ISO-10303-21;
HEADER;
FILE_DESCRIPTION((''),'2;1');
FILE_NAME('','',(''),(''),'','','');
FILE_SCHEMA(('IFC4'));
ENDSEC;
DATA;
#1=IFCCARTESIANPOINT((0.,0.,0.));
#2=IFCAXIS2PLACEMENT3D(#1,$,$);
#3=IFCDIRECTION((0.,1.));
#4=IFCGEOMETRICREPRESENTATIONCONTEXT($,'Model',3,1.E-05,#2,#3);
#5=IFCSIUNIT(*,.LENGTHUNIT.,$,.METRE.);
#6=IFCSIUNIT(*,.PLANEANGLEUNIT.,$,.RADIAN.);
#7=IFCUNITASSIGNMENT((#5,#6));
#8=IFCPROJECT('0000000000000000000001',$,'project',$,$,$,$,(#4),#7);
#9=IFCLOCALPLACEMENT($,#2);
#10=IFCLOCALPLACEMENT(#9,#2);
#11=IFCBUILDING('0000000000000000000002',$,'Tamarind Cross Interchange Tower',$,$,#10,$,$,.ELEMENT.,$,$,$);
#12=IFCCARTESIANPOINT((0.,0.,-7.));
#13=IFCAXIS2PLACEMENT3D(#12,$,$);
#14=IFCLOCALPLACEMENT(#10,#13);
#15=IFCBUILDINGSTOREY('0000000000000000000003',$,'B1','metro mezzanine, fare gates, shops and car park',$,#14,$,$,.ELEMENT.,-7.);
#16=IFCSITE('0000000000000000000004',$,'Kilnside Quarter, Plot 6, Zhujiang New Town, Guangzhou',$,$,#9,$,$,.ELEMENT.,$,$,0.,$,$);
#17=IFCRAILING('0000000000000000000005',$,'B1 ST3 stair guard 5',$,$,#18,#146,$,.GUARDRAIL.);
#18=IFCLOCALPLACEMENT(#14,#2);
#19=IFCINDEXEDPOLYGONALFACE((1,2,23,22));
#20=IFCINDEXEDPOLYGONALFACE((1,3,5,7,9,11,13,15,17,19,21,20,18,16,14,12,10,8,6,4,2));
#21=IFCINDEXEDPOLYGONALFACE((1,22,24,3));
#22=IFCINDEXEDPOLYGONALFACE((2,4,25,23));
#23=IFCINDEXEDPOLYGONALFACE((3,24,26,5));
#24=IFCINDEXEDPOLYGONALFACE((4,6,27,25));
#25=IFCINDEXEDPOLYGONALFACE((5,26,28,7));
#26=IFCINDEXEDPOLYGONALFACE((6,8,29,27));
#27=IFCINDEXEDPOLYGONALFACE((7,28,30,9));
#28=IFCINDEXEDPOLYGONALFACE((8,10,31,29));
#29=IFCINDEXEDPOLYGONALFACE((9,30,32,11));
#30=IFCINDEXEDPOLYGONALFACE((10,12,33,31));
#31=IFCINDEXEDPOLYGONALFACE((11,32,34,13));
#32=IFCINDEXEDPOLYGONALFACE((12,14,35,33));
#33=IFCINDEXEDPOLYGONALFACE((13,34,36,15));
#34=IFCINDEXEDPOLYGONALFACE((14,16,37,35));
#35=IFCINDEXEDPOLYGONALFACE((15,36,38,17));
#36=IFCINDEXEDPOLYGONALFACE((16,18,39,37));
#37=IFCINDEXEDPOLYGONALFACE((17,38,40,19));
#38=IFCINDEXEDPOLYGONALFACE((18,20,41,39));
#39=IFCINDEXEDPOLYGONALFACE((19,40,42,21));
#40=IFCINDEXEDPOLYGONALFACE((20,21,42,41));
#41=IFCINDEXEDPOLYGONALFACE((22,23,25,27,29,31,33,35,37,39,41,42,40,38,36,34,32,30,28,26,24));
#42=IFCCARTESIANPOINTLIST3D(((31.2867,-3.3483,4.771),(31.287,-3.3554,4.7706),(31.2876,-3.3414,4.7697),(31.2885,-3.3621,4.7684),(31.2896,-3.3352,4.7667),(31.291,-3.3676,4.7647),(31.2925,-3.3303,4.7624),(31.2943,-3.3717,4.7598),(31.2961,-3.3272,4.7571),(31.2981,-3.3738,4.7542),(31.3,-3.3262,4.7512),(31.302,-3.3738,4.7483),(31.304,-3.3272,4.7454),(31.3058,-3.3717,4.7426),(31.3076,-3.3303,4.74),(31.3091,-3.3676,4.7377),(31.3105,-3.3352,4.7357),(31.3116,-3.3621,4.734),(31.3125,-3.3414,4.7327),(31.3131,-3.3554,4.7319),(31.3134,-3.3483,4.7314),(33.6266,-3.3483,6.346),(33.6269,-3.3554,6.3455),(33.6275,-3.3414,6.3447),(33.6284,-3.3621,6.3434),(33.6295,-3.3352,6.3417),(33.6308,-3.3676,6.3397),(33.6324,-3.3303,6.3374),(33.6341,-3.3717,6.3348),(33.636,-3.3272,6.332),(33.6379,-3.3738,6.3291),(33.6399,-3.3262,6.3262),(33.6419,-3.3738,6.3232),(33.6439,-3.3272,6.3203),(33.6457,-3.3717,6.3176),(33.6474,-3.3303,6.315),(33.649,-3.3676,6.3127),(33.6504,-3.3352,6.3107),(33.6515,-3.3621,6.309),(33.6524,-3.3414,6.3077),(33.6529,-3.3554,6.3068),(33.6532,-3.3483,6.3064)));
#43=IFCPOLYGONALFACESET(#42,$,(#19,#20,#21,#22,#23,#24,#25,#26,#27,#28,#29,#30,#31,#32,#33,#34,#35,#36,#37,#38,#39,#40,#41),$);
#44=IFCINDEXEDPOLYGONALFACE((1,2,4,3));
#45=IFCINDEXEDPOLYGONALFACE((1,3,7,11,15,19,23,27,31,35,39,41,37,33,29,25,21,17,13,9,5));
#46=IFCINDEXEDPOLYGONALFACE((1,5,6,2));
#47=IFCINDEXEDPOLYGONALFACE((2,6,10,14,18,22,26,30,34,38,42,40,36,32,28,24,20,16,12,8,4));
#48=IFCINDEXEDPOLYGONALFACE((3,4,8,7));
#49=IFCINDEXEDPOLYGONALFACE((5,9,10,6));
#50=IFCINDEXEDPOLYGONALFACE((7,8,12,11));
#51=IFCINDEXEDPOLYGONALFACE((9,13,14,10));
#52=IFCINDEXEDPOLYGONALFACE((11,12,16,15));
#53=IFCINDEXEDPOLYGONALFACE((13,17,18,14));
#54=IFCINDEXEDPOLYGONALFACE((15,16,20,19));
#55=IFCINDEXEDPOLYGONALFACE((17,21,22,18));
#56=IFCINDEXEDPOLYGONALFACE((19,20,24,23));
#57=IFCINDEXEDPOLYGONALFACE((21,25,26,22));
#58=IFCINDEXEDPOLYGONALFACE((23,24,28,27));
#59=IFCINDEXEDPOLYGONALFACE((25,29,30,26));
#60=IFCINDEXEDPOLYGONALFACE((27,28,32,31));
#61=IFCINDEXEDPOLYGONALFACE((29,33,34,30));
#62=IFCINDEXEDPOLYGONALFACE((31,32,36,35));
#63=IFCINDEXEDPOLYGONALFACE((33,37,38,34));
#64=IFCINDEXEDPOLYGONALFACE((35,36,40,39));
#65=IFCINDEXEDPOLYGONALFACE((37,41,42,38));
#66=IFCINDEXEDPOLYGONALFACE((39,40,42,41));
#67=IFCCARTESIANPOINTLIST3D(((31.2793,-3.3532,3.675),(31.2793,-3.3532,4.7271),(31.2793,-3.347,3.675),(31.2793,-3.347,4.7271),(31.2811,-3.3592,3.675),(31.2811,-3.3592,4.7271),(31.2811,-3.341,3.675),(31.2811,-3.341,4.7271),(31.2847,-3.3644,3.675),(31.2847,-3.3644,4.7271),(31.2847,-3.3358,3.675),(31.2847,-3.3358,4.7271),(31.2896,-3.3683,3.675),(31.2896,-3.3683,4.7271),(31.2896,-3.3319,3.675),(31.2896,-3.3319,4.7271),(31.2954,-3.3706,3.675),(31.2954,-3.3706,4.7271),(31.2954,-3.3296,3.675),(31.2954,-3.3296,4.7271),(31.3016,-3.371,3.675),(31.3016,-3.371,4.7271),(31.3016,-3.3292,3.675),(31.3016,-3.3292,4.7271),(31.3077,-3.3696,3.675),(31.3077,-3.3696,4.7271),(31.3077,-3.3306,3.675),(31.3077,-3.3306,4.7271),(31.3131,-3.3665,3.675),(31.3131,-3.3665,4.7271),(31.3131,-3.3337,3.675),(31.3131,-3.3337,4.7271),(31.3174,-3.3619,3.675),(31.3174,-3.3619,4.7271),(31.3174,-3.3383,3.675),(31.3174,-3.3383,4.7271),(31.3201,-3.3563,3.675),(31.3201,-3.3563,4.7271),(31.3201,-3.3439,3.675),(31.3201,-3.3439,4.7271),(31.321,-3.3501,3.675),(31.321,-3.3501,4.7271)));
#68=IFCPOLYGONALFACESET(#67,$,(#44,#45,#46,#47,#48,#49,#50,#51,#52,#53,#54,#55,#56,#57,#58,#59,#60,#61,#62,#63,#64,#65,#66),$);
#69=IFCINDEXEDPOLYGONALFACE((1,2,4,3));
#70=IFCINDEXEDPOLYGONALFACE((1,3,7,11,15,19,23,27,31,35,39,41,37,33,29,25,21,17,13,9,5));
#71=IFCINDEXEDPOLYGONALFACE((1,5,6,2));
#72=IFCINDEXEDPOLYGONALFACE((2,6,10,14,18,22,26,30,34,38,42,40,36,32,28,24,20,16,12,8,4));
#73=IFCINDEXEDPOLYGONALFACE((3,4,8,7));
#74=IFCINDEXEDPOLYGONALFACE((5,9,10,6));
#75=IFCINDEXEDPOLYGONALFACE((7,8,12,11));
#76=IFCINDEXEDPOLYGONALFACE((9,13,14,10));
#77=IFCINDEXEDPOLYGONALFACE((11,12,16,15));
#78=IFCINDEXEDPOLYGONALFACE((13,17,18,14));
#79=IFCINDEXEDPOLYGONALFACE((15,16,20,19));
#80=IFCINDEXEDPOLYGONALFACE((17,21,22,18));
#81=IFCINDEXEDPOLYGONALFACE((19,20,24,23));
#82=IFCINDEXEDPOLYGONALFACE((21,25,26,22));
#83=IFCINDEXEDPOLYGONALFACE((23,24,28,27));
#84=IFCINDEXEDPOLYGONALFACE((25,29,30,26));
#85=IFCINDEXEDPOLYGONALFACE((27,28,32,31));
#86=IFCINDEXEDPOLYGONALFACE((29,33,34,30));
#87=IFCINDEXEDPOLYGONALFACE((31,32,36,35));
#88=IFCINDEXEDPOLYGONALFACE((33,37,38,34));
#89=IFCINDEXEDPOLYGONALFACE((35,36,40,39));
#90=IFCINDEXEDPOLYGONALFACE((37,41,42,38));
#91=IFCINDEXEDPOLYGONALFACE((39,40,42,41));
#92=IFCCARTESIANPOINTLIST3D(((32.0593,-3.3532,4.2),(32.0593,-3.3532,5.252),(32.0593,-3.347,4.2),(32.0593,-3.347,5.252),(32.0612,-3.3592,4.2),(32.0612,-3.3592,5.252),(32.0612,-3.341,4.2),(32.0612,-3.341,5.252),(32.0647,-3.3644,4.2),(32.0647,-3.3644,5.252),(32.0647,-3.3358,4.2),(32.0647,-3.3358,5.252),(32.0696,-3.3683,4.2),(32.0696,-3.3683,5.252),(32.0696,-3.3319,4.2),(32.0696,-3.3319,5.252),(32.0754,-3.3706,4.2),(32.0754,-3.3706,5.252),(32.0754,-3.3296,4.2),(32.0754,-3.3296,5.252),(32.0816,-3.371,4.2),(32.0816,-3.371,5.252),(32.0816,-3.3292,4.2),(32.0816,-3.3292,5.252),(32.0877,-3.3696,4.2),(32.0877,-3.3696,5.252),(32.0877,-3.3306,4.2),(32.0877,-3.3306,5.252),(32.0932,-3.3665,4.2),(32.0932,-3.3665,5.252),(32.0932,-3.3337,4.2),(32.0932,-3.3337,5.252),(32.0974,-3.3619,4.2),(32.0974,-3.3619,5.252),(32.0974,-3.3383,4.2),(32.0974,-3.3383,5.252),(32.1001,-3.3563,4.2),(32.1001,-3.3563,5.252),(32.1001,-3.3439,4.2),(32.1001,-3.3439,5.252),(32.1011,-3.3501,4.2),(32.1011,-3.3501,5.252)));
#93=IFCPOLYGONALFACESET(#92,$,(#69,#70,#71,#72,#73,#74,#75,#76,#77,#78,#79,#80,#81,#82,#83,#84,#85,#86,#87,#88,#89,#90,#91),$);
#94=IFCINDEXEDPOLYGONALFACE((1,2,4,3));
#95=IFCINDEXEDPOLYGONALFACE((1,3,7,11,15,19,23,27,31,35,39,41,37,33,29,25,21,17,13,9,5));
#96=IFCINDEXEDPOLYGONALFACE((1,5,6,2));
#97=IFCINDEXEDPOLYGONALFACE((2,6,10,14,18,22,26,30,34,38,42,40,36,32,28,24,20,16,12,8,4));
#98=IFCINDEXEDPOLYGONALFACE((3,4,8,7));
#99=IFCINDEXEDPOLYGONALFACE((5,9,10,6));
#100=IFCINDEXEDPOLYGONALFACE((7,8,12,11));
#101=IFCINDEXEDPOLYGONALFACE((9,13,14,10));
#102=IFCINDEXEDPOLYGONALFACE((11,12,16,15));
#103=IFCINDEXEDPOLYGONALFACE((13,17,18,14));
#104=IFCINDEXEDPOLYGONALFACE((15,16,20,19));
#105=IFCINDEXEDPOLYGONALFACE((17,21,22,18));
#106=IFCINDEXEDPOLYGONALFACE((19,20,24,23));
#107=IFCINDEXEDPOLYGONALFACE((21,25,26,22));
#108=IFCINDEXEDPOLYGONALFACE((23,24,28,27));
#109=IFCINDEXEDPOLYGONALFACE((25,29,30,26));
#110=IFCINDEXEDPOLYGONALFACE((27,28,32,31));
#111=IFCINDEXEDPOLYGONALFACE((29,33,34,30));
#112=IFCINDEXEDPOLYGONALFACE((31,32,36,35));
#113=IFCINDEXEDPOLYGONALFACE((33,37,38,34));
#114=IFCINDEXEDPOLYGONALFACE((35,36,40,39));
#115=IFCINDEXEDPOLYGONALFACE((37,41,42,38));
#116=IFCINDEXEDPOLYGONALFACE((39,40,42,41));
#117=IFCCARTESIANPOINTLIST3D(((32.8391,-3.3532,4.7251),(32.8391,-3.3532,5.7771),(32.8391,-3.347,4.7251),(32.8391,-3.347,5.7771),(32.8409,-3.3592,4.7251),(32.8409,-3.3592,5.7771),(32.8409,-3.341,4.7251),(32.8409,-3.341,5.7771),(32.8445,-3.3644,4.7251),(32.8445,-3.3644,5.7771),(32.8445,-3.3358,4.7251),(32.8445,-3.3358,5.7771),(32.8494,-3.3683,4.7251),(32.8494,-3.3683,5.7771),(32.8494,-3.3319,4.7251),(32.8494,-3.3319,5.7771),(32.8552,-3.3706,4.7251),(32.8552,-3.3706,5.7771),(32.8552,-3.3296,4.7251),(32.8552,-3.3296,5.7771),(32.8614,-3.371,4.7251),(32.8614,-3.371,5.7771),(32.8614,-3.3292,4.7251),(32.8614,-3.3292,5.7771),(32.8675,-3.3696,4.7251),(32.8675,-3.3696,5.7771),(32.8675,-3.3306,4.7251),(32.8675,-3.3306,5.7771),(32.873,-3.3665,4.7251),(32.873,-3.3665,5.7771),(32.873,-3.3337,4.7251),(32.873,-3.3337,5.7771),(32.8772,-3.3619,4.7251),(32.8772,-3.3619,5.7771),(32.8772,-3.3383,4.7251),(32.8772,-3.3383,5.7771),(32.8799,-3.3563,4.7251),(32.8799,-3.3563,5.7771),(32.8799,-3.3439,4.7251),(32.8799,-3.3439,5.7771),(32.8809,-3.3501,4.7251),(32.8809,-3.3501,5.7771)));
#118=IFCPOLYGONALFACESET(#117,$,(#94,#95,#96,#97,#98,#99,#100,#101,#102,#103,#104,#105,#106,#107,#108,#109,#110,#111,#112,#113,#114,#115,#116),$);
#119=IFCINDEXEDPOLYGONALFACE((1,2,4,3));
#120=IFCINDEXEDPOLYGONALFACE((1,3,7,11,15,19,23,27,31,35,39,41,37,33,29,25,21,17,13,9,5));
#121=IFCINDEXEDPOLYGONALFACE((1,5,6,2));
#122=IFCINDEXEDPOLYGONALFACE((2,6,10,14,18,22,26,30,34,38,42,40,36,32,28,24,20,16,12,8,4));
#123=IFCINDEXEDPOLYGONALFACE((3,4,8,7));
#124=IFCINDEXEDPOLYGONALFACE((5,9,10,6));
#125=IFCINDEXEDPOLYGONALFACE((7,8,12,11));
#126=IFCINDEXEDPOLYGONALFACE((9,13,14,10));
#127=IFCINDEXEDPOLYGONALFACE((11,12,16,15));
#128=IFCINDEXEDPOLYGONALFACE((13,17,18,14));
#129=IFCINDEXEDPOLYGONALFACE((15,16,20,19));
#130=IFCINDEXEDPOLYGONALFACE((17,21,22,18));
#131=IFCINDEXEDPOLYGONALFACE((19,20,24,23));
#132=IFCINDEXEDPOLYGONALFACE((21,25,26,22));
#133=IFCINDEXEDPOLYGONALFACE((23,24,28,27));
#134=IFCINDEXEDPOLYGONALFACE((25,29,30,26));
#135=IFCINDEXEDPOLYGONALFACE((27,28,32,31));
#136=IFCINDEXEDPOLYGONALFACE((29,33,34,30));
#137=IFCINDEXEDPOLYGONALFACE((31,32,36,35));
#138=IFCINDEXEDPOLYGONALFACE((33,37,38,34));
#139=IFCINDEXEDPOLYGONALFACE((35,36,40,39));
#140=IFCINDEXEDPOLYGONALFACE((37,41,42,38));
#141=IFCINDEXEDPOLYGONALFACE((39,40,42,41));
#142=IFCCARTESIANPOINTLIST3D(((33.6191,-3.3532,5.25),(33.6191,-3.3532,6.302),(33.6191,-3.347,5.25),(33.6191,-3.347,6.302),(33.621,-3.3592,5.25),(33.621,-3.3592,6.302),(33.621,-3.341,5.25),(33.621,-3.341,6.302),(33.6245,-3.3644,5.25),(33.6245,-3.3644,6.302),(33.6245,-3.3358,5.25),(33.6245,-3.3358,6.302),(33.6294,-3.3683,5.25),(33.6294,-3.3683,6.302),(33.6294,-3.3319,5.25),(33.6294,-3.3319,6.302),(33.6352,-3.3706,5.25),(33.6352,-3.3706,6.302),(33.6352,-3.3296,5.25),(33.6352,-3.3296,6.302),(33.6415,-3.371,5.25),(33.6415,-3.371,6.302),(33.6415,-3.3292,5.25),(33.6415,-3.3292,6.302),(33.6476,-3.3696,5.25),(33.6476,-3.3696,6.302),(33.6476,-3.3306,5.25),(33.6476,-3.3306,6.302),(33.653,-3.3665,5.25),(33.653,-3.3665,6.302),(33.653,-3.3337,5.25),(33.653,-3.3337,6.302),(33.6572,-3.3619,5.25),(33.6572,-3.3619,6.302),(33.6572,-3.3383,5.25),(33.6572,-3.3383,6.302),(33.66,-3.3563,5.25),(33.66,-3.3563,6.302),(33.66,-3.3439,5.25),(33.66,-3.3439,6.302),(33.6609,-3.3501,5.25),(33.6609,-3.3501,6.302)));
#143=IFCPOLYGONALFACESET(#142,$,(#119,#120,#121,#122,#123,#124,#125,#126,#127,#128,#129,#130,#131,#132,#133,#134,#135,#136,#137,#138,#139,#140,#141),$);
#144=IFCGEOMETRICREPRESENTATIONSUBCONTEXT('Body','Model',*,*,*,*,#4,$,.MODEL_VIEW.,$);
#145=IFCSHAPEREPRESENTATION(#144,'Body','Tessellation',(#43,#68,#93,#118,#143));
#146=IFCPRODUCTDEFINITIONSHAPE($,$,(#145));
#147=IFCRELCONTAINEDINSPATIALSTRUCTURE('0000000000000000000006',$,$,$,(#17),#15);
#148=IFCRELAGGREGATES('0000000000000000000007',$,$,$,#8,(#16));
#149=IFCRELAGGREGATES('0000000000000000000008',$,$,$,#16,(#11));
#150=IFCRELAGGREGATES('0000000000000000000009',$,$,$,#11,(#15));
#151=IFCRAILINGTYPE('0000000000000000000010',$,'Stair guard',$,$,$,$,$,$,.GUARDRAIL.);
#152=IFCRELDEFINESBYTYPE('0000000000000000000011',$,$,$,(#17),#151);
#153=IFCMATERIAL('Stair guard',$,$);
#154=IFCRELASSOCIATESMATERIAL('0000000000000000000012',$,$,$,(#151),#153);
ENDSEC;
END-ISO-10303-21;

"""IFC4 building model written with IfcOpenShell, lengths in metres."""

from ifc_helpers import new_model, si_unit, direction, frame, origin, origin_2d, place, context, subcontext, project, spatial, circle, extrude, material, type_object, element, save


model = new_model("IFC4")

# Units and contexts
model_context = context("Model", 3, precision=1e-05, world=origin(), true_north=direction((0.0, 1.0)))
body_context = subcontext(model_context, "Body", "Model", "MODEL_VIEW")
ifc_project = project(units=[si_unit("LENGTHUNIT", "METRE"), si_unit("PLANEANGLEUNIT", "RADIAN")], contexts=[model_context])

# Site, building, storey
site_placement = place(None, origin())
site = spatial("IfcSite", under=ifc_project, at=site_placement, Name="Kilnside Quarter, Plot 6, Zhujiang New Town, Guangzhou", CompositionType="ELEMENT", RefElevation=0.0)
building_placement = place(site_placement, origin())
building = spatial("IfcBuilding", under=site, at=building_placement, Name="Tamarind Cross Interchange Tower", CompositionType="ELEMENT")
storey_placement = place(building_placement, frame((0.0, 0.0, -7.0)))
storey = spatial("IfcBuildingStorey", under=building, at=storey_placement, Name="B1", Description="metro mezzanine, fare gates, shops and car park", CompositionType="ELEMENT", Elevation=-7.0)

# Railing
ifc_material_1 = material(Name="Stair guard")
railing_type_1 = type_object("IfcRailingType", Name="Stair guard", PredefinedType="GUARDRAIL", material=ifc_material_1)
railing_1_placement = place(storey_placement, frame((31.3, -3.3501, 3.675)))
element("IfcRailing", 1, at=railing_1_placement, inside=storey, type_object=railing_type_1, Name="B1 ST3 stair guard 5", PredefinedType="GUARDRAIL", context=body_context, shape_type="SweptSolid", body=[
    extrude(circle(Radius=0.0239, at=origin_2d()), frame((0.0, 0.0, 1.0762), z_axis=(0.829578, 0.0, 0.55839), x_axis=(0.0, 1.0, 0.0)), (0.0, 0.0, 1.0), 2.8206),
    extrude(circle(Radius=0.021, at=origin_2d()), origin(), (0.0, 0.0, 1.0), 1.052),
    extrude(circle(Radius=0.021, at=origin_2d()), frame((0.78, 0.0, 0.5249)), (0.0, 0.0, 1.0), 1.052),
    extrude(circle(Radius=0.021, at=origin_2d()), frame((1.5598, 0.0, 1.05)), (0.0, 0.0, 1.0), 1.052),
    extrude(circle(Radius=0.021, at=origin_2d()), frame((2.3398, 0.0, 1.575)), (0.0, 0.0, 1.0), 1.052),
])

save(model, "model.ifc")
